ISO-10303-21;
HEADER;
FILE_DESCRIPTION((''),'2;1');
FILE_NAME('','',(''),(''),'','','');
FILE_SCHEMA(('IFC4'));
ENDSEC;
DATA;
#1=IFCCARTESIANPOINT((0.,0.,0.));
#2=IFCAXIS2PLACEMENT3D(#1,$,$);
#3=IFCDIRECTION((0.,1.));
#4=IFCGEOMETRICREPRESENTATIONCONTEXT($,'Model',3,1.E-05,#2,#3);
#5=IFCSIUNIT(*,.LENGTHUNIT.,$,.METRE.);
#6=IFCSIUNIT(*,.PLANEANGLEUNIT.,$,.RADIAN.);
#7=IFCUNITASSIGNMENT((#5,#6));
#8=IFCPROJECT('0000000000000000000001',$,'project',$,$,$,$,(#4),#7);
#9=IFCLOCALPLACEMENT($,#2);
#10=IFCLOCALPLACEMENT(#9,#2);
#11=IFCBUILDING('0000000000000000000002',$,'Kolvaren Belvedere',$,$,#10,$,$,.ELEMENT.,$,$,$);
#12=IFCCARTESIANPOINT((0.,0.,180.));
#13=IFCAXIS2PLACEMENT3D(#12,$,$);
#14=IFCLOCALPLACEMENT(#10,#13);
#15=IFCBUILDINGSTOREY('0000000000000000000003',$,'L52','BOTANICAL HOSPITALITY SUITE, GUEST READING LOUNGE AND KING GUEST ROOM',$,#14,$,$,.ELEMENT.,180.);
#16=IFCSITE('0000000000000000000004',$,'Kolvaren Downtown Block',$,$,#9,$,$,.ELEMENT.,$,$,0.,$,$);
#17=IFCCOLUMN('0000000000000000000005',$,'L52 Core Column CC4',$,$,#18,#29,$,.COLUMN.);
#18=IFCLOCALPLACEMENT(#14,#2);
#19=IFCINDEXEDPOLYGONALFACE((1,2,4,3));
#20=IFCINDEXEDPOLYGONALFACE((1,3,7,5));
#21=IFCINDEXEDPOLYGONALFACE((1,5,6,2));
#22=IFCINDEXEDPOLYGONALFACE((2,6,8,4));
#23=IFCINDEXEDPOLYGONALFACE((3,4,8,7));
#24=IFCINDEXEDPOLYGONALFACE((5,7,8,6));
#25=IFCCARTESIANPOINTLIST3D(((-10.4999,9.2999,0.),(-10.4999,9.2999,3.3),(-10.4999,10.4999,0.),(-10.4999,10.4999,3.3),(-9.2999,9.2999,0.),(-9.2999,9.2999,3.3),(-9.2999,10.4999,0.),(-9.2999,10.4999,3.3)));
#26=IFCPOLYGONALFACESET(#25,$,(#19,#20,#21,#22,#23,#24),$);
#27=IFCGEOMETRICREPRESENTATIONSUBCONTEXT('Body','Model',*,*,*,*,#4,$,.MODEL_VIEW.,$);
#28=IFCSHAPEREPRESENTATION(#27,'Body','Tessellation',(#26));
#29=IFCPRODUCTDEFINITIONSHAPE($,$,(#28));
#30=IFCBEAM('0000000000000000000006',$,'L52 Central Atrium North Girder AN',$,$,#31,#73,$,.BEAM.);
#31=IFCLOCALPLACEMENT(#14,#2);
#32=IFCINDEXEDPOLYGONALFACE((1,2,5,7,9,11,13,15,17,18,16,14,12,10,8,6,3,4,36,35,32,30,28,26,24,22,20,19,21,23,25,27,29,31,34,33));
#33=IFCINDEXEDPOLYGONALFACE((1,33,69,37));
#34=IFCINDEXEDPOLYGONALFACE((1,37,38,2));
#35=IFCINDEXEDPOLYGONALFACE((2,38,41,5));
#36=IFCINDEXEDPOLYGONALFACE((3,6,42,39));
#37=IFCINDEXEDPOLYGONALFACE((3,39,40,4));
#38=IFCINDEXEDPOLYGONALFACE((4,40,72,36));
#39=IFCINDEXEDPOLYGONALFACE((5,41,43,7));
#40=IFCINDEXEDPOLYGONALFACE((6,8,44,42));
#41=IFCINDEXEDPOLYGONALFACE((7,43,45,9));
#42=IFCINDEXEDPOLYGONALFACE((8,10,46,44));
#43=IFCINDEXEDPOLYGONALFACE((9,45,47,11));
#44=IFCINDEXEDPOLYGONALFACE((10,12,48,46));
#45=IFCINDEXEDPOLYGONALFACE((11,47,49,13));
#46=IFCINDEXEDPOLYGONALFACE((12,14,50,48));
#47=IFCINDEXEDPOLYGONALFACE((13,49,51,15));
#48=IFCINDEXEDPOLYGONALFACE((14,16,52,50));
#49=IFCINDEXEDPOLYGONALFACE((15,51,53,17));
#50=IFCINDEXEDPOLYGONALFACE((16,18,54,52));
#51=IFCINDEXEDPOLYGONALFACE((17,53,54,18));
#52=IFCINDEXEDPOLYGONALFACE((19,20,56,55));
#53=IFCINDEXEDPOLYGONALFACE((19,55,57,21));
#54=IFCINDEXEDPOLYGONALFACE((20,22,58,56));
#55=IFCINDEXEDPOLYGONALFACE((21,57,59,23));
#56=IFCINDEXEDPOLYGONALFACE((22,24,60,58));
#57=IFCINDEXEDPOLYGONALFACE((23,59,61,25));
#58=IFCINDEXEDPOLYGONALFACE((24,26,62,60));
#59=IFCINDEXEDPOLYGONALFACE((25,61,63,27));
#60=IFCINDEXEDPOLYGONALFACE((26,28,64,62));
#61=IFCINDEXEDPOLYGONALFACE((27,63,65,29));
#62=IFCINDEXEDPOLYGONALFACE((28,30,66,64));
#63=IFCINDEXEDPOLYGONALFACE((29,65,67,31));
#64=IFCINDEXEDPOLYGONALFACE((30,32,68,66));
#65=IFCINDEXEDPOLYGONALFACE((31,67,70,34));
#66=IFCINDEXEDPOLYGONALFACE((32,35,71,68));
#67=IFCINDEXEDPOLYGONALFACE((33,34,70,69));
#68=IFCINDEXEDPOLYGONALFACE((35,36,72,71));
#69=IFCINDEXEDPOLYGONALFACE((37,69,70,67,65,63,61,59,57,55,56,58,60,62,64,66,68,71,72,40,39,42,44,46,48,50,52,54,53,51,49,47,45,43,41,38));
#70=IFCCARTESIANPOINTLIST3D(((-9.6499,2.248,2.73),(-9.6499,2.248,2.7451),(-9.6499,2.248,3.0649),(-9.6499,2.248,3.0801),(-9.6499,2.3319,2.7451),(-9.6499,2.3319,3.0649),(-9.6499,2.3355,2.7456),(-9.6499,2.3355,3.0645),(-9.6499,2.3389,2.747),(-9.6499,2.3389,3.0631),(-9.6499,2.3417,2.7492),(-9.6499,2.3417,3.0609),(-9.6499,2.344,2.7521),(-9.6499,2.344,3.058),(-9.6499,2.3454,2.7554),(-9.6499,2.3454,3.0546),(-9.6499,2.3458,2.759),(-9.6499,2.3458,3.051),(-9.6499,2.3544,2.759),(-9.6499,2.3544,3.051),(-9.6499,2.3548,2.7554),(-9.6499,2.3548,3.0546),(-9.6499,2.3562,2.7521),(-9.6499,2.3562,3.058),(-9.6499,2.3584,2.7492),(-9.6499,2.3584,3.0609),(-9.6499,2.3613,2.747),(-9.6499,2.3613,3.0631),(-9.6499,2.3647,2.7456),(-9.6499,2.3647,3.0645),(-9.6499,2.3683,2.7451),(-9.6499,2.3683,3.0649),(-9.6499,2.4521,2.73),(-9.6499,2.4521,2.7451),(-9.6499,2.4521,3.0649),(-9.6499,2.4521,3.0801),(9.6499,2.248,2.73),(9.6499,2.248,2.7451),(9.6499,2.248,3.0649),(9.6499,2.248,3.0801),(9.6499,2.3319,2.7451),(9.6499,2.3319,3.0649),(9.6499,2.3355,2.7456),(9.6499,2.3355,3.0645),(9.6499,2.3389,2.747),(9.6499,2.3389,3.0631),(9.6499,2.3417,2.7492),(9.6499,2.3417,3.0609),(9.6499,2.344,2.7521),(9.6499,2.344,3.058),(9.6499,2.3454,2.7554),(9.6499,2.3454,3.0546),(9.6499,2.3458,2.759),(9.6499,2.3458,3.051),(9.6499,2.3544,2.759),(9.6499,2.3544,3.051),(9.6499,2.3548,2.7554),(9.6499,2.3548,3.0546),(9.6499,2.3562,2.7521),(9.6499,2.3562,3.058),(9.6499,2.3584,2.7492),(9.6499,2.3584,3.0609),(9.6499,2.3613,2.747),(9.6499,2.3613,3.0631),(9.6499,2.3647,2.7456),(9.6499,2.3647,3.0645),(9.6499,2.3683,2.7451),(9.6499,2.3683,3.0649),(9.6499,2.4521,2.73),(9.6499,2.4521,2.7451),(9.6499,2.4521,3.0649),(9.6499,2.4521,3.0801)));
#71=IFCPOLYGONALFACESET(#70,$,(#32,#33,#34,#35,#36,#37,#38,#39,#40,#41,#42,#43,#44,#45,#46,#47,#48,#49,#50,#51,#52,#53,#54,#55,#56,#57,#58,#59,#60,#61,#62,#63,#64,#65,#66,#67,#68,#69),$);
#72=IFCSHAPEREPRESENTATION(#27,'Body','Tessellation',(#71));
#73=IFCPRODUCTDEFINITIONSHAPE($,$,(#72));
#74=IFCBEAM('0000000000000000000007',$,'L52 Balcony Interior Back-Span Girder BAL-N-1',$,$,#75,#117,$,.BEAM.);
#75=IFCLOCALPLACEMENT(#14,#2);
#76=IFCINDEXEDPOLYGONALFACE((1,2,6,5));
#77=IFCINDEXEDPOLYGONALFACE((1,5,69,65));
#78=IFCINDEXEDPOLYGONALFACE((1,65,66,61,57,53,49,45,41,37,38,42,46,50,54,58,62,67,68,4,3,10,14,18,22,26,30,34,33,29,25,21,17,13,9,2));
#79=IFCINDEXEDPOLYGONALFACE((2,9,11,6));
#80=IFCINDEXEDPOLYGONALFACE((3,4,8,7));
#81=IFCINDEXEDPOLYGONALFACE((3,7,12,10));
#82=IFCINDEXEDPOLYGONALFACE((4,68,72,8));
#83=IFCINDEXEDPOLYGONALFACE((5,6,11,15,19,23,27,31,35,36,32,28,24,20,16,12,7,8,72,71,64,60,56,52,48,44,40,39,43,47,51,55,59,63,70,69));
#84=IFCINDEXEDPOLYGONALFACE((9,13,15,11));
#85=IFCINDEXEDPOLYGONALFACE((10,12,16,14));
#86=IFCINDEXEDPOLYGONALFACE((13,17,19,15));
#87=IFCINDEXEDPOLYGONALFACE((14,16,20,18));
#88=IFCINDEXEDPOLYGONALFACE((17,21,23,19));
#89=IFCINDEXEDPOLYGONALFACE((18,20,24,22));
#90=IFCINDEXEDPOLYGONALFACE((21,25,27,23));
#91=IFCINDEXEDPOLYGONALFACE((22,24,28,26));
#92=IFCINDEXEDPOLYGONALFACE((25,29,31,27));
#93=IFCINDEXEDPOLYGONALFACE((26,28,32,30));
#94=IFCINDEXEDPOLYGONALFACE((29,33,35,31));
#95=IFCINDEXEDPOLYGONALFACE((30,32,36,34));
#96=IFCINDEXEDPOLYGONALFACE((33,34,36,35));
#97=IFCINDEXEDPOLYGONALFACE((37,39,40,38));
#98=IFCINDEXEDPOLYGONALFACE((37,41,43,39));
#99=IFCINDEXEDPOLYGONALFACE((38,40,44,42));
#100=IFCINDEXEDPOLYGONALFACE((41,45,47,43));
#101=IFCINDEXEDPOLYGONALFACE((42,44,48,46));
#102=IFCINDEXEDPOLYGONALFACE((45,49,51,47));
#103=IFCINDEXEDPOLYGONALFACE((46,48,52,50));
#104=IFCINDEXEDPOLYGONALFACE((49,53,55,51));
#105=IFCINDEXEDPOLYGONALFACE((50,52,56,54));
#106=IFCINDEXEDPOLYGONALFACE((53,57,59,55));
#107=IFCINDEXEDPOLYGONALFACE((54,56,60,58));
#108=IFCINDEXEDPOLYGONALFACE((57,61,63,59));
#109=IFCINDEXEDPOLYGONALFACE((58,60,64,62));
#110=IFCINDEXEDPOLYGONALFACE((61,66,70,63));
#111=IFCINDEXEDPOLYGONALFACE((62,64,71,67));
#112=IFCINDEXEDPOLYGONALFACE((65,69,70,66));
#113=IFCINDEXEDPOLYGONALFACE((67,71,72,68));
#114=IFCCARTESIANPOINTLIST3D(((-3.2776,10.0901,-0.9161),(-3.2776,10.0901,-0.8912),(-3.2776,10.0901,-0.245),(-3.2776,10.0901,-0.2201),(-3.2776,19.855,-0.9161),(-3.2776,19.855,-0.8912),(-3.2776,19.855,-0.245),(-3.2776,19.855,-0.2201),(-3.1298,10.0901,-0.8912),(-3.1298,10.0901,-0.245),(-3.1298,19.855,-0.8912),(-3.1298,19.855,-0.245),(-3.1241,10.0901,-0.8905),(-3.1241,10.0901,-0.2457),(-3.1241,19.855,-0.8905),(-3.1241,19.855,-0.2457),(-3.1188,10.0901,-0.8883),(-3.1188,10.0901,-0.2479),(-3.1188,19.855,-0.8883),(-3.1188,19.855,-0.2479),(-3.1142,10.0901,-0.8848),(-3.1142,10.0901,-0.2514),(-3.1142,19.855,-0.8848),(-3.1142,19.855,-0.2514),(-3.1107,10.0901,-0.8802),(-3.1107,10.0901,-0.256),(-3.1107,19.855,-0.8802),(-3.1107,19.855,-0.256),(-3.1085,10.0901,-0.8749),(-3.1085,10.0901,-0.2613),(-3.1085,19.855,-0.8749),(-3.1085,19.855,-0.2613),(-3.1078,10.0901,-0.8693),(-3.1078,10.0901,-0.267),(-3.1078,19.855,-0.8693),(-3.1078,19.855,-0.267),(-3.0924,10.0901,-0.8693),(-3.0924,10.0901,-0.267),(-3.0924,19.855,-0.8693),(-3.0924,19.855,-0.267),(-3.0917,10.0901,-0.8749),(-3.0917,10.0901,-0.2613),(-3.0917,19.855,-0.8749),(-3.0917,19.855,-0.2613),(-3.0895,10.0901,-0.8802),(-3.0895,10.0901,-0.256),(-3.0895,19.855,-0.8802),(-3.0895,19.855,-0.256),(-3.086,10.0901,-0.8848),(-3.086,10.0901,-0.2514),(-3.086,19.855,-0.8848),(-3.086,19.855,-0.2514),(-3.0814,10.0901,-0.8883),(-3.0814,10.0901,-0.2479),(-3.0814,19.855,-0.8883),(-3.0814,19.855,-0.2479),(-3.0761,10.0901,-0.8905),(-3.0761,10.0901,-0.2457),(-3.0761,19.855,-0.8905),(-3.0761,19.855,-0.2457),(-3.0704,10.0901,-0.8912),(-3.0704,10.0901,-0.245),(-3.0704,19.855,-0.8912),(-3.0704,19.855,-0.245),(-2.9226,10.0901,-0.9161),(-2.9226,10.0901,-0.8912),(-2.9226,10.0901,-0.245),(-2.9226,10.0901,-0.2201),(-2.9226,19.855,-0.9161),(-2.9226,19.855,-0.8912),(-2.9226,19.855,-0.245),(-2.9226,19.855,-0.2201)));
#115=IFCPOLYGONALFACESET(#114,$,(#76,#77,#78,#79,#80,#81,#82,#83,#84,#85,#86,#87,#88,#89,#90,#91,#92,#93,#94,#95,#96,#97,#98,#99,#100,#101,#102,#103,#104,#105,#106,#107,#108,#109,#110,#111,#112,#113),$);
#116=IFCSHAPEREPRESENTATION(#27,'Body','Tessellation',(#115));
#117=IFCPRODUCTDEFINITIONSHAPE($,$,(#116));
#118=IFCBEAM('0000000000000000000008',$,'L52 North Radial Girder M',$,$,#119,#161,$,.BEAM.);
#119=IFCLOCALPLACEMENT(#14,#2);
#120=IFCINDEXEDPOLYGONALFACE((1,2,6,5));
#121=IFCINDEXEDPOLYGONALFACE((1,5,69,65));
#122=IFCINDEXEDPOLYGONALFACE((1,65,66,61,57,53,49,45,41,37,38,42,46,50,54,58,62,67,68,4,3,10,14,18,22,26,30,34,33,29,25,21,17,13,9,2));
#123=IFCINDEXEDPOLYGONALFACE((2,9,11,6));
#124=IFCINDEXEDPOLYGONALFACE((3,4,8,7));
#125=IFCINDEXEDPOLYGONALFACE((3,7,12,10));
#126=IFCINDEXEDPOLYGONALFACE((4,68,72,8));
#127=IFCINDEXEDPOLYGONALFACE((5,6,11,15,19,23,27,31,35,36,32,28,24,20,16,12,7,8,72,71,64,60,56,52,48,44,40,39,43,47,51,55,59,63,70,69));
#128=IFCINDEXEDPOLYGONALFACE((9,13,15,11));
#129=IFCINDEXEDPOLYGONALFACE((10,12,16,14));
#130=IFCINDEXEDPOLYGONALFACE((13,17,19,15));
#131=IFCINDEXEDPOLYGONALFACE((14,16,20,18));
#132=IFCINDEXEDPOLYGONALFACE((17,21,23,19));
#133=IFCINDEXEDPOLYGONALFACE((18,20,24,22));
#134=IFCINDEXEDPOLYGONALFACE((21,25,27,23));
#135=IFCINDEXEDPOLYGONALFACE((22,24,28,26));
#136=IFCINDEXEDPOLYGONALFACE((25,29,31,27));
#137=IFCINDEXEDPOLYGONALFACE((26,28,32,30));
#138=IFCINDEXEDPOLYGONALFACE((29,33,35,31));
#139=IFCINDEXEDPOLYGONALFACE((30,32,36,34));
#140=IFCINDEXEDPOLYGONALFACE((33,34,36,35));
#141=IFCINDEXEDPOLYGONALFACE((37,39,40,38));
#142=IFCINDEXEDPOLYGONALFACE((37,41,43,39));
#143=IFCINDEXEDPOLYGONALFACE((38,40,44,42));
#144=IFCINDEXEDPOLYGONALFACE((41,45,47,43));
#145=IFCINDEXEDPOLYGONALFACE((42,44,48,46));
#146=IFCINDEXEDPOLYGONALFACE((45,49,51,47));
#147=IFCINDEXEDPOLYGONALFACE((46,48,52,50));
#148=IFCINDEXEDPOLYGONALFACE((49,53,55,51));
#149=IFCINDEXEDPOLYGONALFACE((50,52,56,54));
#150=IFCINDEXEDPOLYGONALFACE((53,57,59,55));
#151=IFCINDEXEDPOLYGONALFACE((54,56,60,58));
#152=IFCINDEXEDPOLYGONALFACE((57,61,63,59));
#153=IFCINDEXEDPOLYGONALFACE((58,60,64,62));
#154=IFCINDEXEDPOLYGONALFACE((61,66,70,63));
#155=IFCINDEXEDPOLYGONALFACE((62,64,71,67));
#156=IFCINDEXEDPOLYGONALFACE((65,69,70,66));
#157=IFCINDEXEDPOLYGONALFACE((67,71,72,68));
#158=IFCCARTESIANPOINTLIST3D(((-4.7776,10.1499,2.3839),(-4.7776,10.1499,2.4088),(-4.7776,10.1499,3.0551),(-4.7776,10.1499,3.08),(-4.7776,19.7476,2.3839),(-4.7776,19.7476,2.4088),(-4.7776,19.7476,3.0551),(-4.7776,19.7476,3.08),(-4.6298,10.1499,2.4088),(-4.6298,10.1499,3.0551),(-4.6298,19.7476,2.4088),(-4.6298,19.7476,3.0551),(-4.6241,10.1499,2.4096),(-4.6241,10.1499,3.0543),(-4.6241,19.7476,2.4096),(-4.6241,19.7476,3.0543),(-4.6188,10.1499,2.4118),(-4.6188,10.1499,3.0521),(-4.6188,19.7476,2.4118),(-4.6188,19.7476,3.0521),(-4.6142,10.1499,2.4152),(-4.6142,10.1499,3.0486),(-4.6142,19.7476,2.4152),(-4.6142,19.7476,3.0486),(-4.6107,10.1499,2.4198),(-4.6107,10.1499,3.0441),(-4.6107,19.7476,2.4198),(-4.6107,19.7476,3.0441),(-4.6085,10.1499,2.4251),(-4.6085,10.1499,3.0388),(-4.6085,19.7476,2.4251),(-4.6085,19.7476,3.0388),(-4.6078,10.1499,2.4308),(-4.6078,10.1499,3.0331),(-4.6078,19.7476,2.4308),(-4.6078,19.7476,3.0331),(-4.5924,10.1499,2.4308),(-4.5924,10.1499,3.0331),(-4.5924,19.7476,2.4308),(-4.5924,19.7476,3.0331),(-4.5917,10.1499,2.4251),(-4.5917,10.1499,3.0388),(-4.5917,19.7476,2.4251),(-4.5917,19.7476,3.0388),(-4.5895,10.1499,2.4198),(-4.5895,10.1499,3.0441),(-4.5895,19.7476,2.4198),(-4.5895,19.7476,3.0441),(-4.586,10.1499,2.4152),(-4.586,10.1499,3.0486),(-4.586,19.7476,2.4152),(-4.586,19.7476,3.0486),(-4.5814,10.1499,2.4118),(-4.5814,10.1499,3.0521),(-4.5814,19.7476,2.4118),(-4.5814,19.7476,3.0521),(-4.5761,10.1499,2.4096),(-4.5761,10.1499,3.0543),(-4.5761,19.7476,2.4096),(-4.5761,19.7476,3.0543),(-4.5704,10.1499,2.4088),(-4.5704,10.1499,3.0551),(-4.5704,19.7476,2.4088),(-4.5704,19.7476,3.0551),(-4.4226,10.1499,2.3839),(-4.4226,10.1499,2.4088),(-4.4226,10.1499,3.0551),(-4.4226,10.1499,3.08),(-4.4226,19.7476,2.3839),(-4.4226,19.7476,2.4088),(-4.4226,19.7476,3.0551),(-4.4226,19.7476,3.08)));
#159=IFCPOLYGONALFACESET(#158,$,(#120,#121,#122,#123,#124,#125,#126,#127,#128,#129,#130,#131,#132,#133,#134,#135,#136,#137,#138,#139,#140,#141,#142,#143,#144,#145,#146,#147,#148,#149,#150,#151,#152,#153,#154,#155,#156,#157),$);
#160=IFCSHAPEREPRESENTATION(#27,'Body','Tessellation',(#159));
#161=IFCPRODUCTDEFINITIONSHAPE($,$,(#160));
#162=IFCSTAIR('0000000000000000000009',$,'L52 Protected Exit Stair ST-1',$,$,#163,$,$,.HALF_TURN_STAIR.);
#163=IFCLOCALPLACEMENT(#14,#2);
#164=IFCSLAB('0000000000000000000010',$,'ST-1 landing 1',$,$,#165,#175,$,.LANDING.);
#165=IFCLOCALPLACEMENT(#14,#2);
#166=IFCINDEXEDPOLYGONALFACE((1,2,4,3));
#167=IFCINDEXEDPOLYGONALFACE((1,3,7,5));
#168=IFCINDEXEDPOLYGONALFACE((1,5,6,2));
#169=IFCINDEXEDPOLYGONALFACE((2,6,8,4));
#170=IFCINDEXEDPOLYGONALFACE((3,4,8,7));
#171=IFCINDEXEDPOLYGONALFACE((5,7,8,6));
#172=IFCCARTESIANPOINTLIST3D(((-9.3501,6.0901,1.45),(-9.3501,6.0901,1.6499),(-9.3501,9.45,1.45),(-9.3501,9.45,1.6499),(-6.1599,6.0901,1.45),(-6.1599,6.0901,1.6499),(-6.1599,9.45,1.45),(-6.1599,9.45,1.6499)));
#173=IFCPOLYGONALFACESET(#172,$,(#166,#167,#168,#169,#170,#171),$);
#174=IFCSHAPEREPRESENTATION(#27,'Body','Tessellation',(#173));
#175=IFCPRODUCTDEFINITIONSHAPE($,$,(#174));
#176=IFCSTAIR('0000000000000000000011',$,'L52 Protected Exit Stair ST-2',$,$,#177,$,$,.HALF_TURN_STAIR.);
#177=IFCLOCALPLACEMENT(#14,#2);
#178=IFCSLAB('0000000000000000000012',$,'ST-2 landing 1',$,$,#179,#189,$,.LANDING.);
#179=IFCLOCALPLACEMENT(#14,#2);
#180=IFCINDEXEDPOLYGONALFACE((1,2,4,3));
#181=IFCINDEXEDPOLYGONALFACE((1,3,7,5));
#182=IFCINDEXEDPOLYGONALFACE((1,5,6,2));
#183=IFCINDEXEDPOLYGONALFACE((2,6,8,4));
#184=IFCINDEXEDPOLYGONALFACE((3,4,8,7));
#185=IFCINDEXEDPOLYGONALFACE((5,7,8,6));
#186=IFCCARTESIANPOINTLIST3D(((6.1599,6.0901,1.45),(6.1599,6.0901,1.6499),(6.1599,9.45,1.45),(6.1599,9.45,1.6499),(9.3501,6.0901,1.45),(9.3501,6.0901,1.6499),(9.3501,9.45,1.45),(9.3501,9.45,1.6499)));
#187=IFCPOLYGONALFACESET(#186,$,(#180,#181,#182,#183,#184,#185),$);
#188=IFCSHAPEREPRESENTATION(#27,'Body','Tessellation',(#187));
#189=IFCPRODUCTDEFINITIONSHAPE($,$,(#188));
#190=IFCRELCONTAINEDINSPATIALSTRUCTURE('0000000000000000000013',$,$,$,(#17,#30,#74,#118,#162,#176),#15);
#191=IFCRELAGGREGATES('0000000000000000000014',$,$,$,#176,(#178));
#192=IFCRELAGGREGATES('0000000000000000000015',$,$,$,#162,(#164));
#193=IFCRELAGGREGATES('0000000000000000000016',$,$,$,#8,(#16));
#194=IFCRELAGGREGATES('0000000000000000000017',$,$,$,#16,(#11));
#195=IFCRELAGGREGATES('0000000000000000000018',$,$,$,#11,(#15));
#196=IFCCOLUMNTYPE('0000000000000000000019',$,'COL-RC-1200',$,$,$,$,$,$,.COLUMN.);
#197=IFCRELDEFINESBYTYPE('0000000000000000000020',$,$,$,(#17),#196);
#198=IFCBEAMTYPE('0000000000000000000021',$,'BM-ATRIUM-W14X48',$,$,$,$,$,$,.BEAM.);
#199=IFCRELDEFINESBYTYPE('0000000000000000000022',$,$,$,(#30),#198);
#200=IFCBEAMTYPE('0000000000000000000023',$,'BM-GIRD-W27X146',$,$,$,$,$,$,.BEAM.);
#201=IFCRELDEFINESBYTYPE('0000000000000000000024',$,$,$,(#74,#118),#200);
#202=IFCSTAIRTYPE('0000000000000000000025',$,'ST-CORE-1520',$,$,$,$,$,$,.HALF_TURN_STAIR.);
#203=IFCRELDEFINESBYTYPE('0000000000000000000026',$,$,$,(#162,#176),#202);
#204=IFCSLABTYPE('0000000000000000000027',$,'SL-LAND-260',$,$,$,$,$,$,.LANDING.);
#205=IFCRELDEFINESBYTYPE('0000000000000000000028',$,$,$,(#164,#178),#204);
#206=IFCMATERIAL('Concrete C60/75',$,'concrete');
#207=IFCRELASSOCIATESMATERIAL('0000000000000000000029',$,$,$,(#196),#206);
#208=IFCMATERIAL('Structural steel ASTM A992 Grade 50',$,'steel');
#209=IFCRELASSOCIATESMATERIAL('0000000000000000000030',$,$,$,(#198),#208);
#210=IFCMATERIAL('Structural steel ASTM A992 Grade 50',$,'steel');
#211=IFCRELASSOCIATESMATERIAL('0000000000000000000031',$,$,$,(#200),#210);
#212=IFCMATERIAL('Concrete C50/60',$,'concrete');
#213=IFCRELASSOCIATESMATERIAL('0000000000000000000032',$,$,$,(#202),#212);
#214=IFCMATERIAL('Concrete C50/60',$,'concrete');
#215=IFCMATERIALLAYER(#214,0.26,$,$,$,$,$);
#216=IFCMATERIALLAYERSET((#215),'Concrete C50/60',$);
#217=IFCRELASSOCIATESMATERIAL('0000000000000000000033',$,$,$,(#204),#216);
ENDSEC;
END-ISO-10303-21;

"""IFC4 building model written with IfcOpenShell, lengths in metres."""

from ifc_helpers import new_model, si_unit, direction, frame, origin, origin_2d, place, context, subcontext, project, spatial, polyline, rectangle, i_section, outline, extrude, material, layer, layer_set, material_profile, profile_set, type_object, element, aggregate, save


model = new_model("IFC4")

# Units and contexts
model_context = context("Model", 3, precision=1e-05, world=origin(), true_north=direction((0.0, 1.0)))
body_context = subcontext(model_context, "Body", "Model", "MODEL_VIEW")
ifc_project = project(units=[si_unit("LENGTHUNIT", "METRE"), si_unit("PLANEANGLEUNIT", "RADIAN")], contexts=[model_context])

# Site, building, storey
site_placement = place(None, origin())
site = spatial("IfcSite", under=ifc_project, at=site_placement, Name="Kolvaren Downtown Block", CompositionType="ELEMENT", RefElevation=0.0)
building_placement = place(site_placement, origin())
building = spatial("IfcBuilding", under=site, at=building_placement, Name="Kolvaren Belvedere", CompositionType="ELEMENT")
storey_placement = place(building_placement, frame((0.0, 0.0, 180.0)))
storey = spatial("IfcBuildingStorey", under=building, at=storey_placement, Name="L52", Description="BOTANICAL HOSPITALITY SUITE, GUEST READING LOUNGE AND KING GUEST ROOM", CompositionType="ELEMENT", Elevation=180.0)

# Column
ifc_material_1 = material(Name="Concrete C60/75", Category="concrete")
ifc_material_profile_1 = material_profile(ifc_material_1, rectangle(XDim=1.2, YDim=1.2, at=origin_2d()), Name="RC 1200X1200")
ifc_profile_set_1 = profile_set([ifc_material_profile_1], Name="Concrete C60/75")
column_type = type_object("IfcColumnType", Name="COL-RC-1200", PredefinedType="COLUMN", material=ifc_profile_set_1)
column_placement = place(storey_placement, frame((-9.8999, 9.8999, 0.0), z_axis=(0.0, 0.0, 1.0), x_axis=(1.0, 0.0, 0.0)))
element("IfcColumn", 1, at=column_placement, inside=storey, type_object=column_type, Name="L52 Core Column CC4", PredefinedType="COLUMN", context=body_context, shape_type="SweptSolid", body=[
    extrude(rectangle(XDim=1.2, YDim=1.2, at=origin_2d()), origin(), (0.0, 0.0, 1.0), 3.3),
])

# Beams
ifc_material_2 = material(Name="Structural steel ASTM A992 Grade 50", Category="steel")
ifc_material_profile_2 = material_profile(ifc_material_2, i_section(OverallWidth=0.2041, OverallDepth=0.3501, WebThickness=0.0085, FlangeThickness=0.0151, FilletRadius=0.0139, at=origin_2d()), Name="W14X48")
ifc_profile_set_2 = profile_set([ifc_material_profile_2], Name="Structural steel ASTM A992 Grade 50")
beam_type_1 = type_object("IfcBeamType", Name="BM-ATRIUM-W14X48", PredefinedType="BEAM", material=ifc_profile_set_2)
beam_1_placement = place(storey_placement, frame((-9.6499, 2.3501, 2.905), z_axis=(1.0, 0.0, 0.0), x_axis=(0.0, 1.0, 0.0)))
element("IfcBeam", 2, at=beam_1_placement, inside=storey, type_object=beam_type_1, Name="L52 Central Atrium North Girder AN", PredefinedType="BEAM", context=body_context, shape_type="SweptSolid", body=[
    extrude(i_section(OverallWidth=0.2041, OverallDepth=0.3501, WebThickness=0.0085, FlangeThickness=0.0151, FilletRadius=0.0139, at=origin_2d()), origin(), (0.0, 0.0, 1.0), 19.2998),
])
ifc_material_3 = material(Name="Structural steel ASTM A992 Grade 50", Category="steel")
ifc_material_profile_3 = material_profile(ifc_material_3, i_section(OverallWidth=0.355, OverallDepth=0.696, WebThickness=0.0154, FlangeThickness=0.0249, FilletRadius=0.022, at=origin_2d()), Name="W27X146")
ifc_profile_set_3 = profile_set([ifc_material_profile_3], Name="Structural steel ASTM A992 Grade 50")
beam_type_2 = type_object("IfcBeamType", Name="BM-GIRD-W27X146", PredefinedType="BEAM", material=ifc_profile_set_3)
beam_2_placement = place(storey_placement, frame((-3.1001, 10.0901, -0.5681), z_axis=(0.0, 1.0, 0.0), x_axis=(-1.0, 0.0, 0.0)))
element("IfcBeam", 3, at=beam_2_placement, inside=storey, type_object=beam_type_2, Name="L52 Balcony Interior Back-Span Girder BAL-N-1", PredefinedType="BEAM", context=body_context, shape_type="SweptSolid", body=[
    extrude(i_section(OverallWidth=0.355, OverallDepth=0.696, WebThickness=0.0154, FlangeThickness=0.0249, FilletRadius=0.022, at=origin_2d()), origin(), (0.0, 0.0, 1.0), 9.7649),
])
beam_3_placement = place(storey_placement, frame((-4.6001, 10.1499, 2.7319), z_axis=(0.0, 1.0, 0.0), x_axis=(-1.0, 0.0, 0.0)))
element("IfcBeam", 4, at=beam_3_placement, inside=storey, type_object=beam_type_2, Name="L52 North Radial Girder M", PredefinedType="BEAM", context=body_context, shape_type="SweptSolid", body=[
    extrude(i_section(OverallWidth=0.355, OverallDepth=0.696, WebThickness=0.0154, FlangeThickness=0.0249, FilletRadius=0.022, at=origin_2d()), origin(), (0.0, 0.0, 1.0), 9.5977),
])

# Stairs, slabs
ifc_material_4 = material(Name="Concrete C50/60", Category="concrete")
stair_type = type_object("IfcStairType", Name="ST-CORE-1520", PredefinedType="HALF_TURN_STAIR", material=ifc_material_4)
stair_1_placement = place(storey_placement, origin())
stair_1 = element("IfcStair", 5, at=stair_1_placement, inside=storey, type_object=stair_type, Name="L52 Protected Exit Stair ST-1", PredefinedType="HALF_TURN_STAIR")
ifc_material_5 = material(Name="Concrete C50/60", Category="concrete")
ifc_layer_1 = layer(ifc_material_5, 0.26)
ifc_layer_set_1 = layer_set([ifc_layer_1], Name="Concrete C50/60")
slab_type = type_object("IfcSlabType", Name="SL-LAND-260", PredefinedType="LANDING", material=ifc_layer_set_1)
slab_1_placement = place(storey_placement, frame((0.0, 0.0, 1.45)))
slab_1 = element("IfcSlab", 6, at=slab_1_placement, type_object=slab_type, Name="ST-1 landing 1", PredefinedType="LANDING", context=body_context, shape_type="SweptSolid", body=[
    extrude(outline(polyline([(-6.1599, 6.0901), (-6.1599, 9.45), (-9.3501, 9.45), (-9.3501, 6.0901), (-6.1599, 6.0901)])), origin(), (0.0, 0.0, 1.0), 0.2),
])
stair_2_placement = place(storey_placement, origin())
stair_2 = element("IfcStair", 7, at=stair_2_placement, inside=storey, type_object=stair_type, Name="L52 Protected Exit Stair ST-2", PredefinedType="HALF_TURN_STAIR")
slab_2_placement = place(storey_placement, frame((0.0, 0.0, 1.45)))
slab_2 = element("IfcSlab", 8, at=slab_2_placement, type_object=slab_type, Name="ST-2 landing 1", PredefinedType="LANDING", context=body_context, shape_type="SweptSolid", body=[
    extrude(outline(polyline([(9.3501, 6.0901), (9.3501, 9.45), (6.1599, 9.45), (6.1599, 6.0901), (9.3501, 6.0901)])), origin(), (0.0, 0.0, 1.0), 0.2),
])
aggregate(stair_2, [slab_2])

aggregate(stair_1, [slab_1])

save(model, "model.ifc")
